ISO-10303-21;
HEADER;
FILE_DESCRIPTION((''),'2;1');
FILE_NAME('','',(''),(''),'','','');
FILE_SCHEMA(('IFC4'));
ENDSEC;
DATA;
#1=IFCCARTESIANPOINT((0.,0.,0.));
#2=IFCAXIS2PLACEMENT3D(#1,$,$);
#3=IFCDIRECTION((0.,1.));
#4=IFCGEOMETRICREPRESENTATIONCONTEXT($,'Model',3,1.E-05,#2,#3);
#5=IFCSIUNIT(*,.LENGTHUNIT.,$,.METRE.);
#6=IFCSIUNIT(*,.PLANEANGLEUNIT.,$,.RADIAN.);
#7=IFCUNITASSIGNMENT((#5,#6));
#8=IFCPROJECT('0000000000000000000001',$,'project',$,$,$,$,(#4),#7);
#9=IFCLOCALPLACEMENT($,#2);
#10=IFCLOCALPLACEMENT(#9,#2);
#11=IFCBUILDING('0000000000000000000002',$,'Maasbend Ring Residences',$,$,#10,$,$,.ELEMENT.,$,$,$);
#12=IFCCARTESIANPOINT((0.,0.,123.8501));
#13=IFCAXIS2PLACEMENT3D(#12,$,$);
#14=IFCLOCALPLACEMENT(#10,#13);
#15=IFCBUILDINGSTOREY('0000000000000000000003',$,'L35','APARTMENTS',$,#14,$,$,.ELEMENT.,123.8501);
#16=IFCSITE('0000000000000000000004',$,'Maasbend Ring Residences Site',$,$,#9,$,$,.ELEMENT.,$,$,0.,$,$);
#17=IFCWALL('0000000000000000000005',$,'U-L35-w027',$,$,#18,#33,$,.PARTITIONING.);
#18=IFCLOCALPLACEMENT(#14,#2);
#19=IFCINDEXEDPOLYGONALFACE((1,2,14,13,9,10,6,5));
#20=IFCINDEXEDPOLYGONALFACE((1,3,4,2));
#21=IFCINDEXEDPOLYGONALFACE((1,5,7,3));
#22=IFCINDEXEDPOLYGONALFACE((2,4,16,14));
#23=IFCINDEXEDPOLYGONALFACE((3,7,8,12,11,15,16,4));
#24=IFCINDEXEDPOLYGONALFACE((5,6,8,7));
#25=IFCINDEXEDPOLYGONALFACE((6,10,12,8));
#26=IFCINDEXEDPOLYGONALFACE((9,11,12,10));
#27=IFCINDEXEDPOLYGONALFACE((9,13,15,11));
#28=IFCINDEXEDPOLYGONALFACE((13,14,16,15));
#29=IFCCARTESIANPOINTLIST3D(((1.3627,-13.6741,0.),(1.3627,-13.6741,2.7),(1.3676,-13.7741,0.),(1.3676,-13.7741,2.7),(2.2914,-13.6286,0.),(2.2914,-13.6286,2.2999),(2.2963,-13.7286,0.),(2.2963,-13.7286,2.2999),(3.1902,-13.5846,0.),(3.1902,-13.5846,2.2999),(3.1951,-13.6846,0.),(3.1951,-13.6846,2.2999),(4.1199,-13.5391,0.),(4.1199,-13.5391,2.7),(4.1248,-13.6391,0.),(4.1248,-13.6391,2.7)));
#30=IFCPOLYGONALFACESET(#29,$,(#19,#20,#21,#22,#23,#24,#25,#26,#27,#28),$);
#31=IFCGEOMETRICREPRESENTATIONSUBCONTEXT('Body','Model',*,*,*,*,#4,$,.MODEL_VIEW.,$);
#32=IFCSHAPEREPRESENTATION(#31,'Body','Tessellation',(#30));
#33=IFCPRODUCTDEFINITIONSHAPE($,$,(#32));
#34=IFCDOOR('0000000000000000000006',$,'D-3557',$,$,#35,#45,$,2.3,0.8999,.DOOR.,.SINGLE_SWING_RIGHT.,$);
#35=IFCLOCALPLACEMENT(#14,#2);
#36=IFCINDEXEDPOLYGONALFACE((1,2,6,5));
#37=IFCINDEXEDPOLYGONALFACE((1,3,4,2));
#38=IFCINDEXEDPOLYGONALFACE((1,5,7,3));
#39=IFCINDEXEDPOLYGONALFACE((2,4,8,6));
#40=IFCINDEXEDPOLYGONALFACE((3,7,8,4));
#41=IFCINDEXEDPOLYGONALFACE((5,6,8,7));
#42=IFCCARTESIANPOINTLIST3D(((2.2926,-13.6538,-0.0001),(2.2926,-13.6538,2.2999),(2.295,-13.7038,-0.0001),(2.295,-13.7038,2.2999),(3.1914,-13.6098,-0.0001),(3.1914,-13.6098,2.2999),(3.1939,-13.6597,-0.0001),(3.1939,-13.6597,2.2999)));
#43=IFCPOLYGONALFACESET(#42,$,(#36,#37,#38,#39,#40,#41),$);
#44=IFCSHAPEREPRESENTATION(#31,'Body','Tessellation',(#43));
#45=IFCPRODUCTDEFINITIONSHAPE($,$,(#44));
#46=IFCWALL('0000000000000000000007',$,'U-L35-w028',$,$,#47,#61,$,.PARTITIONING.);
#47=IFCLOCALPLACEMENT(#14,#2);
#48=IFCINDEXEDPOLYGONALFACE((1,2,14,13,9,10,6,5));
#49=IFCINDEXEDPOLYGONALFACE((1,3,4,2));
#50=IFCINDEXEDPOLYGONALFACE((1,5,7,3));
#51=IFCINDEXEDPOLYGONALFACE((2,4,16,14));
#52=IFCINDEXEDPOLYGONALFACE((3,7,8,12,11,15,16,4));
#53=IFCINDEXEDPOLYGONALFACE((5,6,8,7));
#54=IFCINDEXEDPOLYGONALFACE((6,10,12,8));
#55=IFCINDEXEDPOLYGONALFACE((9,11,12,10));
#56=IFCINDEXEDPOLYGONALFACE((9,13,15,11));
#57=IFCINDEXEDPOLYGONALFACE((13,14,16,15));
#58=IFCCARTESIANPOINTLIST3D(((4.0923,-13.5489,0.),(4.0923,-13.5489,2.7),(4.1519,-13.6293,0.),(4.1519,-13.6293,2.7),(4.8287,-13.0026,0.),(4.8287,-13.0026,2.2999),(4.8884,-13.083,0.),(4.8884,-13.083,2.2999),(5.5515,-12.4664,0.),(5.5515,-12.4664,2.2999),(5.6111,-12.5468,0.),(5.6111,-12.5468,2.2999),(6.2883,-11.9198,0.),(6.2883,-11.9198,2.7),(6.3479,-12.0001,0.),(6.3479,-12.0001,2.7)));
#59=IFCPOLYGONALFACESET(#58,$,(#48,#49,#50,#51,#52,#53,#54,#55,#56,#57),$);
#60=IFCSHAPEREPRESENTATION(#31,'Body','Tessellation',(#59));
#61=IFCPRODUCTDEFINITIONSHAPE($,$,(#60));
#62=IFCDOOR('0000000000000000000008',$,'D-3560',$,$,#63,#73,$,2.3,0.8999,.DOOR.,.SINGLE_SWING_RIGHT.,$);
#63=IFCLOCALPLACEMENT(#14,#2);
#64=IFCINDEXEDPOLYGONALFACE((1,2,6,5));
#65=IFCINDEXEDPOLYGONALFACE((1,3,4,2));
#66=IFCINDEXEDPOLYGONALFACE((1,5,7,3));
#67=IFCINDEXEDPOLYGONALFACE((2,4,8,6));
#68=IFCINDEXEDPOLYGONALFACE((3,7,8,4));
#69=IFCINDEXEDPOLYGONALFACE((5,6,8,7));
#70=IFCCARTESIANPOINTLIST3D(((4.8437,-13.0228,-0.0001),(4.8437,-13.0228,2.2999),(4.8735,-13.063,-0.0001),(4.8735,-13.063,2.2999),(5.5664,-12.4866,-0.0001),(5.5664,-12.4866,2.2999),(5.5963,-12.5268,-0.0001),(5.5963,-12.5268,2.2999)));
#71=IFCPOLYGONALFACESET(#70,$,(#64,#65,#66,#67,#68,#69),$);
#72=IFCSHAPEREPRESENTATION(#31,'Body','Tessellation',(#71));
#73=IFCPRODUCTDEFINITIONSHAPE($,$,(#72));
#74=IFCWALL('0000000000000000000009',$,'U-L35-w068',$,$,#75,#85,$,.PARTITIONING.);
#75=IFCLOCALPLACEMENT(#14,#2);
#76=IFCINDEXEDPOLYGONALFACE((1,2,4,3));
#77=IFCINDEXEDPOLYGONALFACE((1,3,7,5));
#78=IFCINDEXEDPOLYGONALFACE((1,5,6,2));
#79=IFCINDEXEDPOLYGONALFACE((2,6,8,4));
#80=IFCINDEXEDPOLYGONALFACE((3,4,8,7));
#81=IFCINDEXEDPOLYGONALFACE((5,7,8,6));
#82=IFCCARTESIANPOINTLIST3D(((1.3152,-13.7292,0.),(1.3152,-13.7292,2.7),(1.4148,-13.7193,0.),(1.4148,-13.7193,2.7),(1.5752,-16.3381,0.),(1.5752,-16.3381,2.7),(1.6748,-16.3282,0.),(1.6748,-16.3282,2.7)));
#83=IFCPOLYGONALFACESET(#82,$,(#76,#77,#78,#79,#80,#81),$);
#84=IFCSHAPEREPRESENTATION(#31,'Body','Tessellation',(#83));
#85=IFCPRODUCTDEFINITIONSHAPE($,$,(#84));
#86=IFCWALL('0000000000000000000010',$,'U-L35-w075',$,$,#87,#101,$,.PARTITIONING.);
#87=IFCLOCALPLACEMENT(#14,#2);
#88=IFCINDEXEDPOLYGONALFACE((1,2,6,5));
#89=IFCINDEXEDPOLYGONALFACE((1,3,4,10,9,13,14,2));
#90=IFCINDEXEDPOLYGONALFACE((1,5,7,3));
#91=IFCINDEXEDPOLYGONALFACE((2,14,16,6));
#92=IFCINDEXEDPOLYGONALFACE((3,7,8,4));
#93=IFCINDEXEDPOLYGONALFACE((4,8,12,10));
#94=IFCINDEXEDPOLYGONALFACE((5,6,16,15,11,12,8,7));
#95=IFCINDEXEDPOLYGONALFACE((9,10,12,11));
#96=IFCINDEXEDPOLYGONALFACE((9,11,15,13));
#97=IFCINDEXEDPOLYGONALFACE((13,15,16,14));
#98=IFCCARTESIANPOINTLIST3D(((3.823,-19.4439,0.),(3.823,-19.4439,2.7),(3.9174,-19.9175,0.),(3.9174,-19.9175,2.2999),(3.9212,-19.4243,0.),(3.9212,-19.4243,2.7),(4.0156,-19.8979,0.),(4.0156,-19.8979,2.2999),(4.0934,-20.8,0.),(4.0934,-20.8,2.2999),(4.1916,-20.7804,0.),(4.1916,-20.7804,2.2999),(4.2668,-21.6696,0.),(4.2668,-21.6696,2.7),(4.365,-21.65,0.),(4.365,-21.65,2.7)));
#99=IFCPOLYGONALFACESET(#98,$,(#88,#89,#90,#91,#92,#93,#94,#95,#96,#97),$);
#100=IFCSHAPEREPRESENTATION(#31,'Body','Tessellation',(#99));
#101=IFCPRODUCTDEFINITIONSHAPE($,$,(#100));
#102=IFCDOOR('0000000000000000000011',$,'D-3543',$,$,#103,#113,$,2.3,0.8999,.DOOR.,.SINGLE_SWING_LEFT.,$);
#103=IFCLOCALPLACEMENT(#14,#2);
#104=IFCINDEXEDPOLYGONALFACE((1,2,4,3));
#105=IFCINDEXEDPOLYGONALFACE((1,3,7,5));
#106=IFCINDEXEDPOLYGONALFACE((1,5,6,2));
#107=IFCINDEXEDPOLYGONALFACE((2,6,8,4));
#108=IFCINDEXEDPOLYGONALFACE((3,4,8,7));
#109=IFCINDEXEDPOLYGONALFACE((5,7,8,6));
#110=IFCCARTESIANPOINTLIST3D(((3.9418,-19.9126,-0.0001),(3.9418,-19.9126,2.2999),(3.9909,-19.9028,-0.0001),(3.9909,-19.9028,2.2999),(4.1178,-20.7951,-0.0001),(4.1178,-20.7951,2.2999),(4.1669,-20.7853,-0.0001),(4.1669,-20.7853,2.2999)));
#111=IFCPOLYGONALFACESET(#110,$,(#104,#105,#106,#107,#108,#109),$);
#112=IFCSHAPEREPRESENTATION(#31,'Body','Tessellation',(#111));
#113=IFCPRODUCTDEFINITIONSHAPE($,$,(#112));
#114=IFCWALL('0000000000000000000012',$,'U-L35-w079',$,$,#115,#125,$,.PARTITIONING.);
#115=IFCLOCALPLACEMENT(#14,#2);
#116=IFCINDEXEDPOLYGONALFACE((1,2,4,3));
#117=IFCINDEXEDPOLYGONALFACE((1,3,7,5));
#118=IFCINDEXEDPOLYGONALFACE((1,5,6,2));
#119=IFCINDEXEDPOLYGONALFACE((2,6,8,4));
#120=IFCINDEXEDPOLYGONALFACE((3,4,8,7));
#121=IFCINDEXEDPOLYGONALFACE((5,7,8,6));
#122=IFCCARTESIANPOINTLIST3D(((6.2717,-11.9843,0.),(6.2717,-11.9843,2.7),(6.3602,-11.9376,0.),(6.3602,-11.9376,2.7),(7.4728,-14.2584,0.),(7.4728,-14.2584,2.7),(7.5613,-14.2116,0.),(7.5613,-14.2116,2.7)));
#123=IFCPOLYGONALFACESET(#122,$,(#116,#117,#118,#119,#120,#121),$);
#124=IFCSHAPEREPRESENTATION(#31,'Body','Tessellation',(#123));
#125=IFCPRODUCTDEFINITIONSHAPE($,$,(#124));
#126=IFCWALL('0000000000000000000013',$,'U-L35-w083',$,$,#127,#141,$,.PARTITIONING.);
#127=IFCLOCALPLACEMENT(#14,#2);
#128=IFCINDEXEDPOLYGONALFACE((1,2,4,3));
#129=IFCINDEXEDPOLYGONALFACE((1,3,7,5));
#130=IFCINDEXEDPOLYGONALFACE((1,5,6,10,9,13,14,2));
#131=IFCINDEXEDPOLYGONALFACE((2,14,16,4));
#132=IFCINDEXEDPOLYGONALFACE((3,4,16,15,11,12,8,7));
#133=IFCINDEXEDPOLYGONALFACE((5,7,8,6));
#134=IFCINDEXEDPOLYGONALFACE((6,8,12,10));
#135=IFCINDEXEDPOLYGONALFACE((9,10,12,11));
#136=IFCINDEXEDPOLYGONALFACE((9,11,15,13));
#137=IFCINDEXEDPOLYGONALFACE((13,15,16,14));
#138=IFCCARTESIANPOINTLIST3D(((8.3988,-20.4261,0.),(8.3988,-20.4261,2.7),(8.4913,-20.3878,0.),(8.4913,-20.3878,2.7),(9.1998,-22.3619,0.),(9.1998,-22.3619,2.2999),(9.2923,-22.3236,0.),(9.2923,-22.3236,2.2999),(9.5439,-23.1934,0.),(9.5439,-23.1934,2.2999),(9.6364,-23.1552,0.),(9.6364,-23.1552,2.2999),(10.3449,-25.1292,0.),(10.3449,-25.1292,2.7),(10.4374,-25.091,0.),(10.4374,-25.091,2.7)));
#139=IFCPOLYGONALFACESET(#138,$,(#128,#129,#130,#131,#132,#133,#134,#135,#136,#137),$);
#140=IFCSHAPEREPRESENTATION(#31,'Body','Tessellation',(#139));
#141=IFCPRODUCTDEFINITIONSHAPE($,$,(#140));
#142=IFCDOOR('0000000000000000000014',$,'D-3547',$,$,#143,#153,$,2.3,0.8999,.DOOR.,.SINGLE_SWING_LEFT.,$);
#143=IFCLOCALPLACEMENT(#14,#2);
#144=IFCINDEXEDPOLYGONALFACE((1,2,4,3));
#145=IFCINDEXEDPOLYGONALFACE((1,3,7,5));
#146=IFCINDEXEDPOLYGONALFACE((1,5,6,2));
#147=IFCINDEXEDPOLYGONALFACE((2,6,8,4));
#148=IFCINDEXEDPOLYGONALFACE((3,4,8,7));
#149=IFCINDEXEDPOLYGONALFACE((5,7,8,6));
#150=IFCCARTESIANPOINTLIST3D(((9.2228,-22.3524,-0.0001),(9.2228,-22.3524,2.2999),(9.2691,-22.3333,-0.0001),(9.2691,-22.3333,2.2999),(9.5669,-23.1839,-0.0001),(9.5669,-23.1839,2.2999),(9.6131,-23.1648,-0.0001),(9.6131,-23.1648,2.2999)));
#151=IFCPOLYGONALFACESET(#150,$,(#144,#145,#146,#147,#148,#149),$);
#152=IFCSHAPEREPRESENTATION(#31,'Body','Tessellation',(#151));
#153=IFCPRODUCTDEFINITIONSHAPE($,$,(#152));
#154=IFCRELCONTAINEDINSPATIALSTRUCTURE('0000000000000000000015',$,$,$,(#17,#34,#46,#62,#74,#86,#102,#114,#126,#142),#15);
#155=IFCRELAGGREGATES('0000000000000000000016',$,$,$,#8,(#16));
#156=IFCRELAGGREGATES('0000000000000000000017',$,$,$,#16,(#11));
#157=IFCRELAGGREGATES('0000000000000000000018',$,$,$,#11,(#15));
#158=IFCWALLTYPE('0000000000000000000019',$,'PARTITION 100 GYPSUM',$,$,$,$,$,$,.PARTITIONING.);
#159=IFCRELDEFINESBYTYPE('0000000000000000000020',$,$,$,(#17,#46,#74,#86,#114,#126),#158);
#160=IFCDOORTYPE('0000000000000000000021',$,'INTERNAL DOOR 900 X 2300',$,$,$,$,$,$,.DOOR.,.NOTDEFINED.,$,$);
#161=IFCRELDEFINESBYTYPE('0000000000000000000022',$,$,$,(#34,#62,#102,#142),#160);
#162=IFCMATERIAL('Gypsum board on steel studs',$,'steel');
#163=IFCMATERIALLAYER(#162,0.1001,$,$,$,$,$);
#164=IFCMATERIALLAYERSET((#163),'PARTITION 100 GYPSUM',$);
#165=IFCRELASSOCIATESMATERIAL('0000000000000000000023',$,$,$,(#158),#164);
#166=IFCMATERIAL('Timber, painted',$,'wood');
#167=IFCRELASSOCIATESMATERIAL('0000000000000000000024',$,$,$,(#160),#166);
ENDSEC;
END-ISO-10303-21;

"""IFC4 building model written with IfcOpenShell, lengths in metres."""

from ifc_helpers import new_model, si_unit, direction, frame, frame_2d, origin, place, context, subcontext, project, spatial, rectangle, extrude, material, layer, layer_set, type_object, element, fill, save


model = new_model("IFC4")

# Units and contexts
model_context = context("Model", 3, precision=1e-05, world=origin(), true_north=direction((0.0, 1.0)))
body_context = subcontext(model_context, "Body", "Model", "MODEL_VIEW")
ifc_project = project(units=[si_unit("LENGTHUNIT", "METRE"), si_unit("PLANEANGLEUNIT", "RADIAN")], contexts=[model_context])

# Site, building, storey
site_placement = place(None, origin())
site = spatial("IfcSite", under=ifc_project, at=site_placement, Name="Maasbend Ring Residences Site", CompositionType="ELEMENT", RefElevation=0.0)
building_placement = place(site_placement, origin())
building = spatial("IfcBuilding", under=site, at=building_placement, Name="Maasbend Ring Residences", CompositionType="ELEMENT")
storey_placement = place(building_placement, frame((0.0, 0.0, 123.8501)))
storey = spatial("IfcBuildingStorey", under=building, at=storey_placement, Name="L35", Description="APARTMENTS", CompositionType="ELEMENT", Elevation=123.8501)

# Walls, openings, doors
ifc_material_1 = material(Name="Gypsum board on steel studs", Category="steel")
ifc_layer_1 = layer(ifc_material_1, 0.1001)
ifc_layer_set_1 = layer_set([ifc_layer_1], Name="PARTITION 100 GYPSUM")
wall_type_1 = type_object("IfcWallType", Name="PARTITION 100 GYPSUM", PredefinedType="PARTITIONING", material=ifc_layer_set_1)
wall_1_placement = place(storey_placement, frame((1.365, -13.7241, 0.0), z_axis=(0.0, 0.0, 1.0), x_axis=(0.998803, 0.04891, 0.0)))
wall_1 = element("IfcWall", 1, at=wall_1_placement, inside=storey, type_object=wall_type_1, Name="U-L35-w027", PredefinedType="PARTITIONING", context=body_context, shape_type="SweptSolid", body=[
    extrude(rectangle(XDim=2.7605, YDim=0.1001, at=frame_2d((1.3804, 0.0))), origin(), (0.0, 0.0, 1.0), 2.7),
])
opening_1_placement = place(wall_1_placement, frame((0.9299, 0.0, 0.0)))
opening_1 = element("IfcOpeningElement", 2, at=opening_1_placement, cuts=wall_1, PredefinedType="OPENING", context=body_context, shape_type="SweptSolid", body=[
    extrude(rectangle(XDim=0.8999, YDim=2.3, at=frame_2d((0.45, 1.1499))), frame((0.0, 0.0601, 0.0), z_axis=(0.0, -1.0, 0.0), x_axis=(1.0, 0.0, 0.0)), (0.0, 0.0, 1.0), 0.1201),
])
ifc_material_2 = material(Name="Timber, painted", Category="wood")
door_type_1 = type_object("IfcDoorType", Name="INTERNAL DOOR 900 X 2300", OperationType="NOTDEFINED", PredefinedType="DOOR", material=ifc_material_2)
door_1_placement = place(opening_1_placement, origin())
door_1 = element("IfcDoor", 3, at=door_1_placement, inside=storey, type_object=door_type_1, Name="D-3557", OperationType="SINGLE_SWING_RIGHT", OverallHeight=2.3, OverallWidth=0.8999, PredefinedType="DOOR", context=body_context, shape_type="SweptSolid", body=[
    extrude(rectangle(XDim=0.8999, YDim=2.3, at=frame_2d((0.45, 1.1499))), frame((0.0, 0.0249, 0.0), z_axis=(0.0, -1.0, 0.0), x_axis=(1.0, 0.0, 0.0)), (0.0, 0.0, 1.0), 0.05),
])
fill(opening_1, door_1)
wall_2_placement = place(storey_placement, frame((4.1221, -13.5891, 0.0), z_axis=(0.0, 0.0, 1.0), x_axis=(0.803128, 0.595806, 0.0)))
wall_2 = element("IfcWall", 4, at=wall_2_placement, inside=storey, type_object=wall_type_1, Name="U-L35-w028", PredefinedType="PARTITIONING", context=body_context, shape_type="SweptSolid", body=[
    extrude(rectangle(XDim=2.7344, YDim=0.1001, at=frame_2d((1.3672, 0.0))), origin(), (0.0, 0.0, 1.0), 2.7),
])
opening_2_placement = place(wall_2_placement, frame((0.917, 0.0, 0.0)))
opening_2 = element("IfcOpeningElement", 5, at=opening_2_placement, cuts=wall_2, PredefinedType="OPENING", context=body_context, shape_type="SweptSolid", body=[
    extrude(rectangle(XDim=0.8999, YDim=2.3, at=frame_2d((0.45, 1.1499))), frame((0.0, 0.0601, 0.0), z_axis=(0.0, -1.0, 0.0), x_axis=(1.0, 0.0, 0.0)), (0.0, 0.0, 1.0), 0.1201),
])
door_2_placement = place(opening_2_placement, origin())
door_2 = element("IfcDoor", 6, at=door_2_placement, inside=storey, type_object=door_type_1, Name="D-3560", OperationType="SINGLE_SWING_RIGHT", OverallHeight=2.3, OverallWidth=0.8999, PredefinedType="DOOR", context=body_context, shape_type="SweptSolid", body=[
    extrude(rectangle(XDim=0.8999, YDim=2.3, at=frame_2d((0.45, 1.1499))), frame((0.0, 0.0249, 0.0), z_axis=(0.0, -1.0, 0.0), x_axis=(1.0, 0.0, 0.0)), (0.0, 0.0, 1.0), 0.05),
])
fill(opening_2, door_2)

# Wall
wall_3_placement = place(storey_placement, frame((1.365, -13.7241, 0.0), z_axis=(0.0, 0.0, 1.0), x_axis=(0.099172, -0.99507, 0.0)))
element("IfcWall", 7, at=wall_3_placement, inside=storey, type_object=wall_type_1, Name="U-L35-w068", PredefinedType="PARTITIONING", context=body_context, shape_type="SweptSolid", body=[
    extrude(rectangle(XDim=2.6218, YDim=0.1001, at=frame_2d((1.311, 0.0))), origin(), (0.0, 0.0, 1.0), 2.7),
])

# Wall, opening, door
wall_4_placement = place(storey_placement, frame((3.8721, -19.4341, 0.0), z_axis=(0.0, 0.0, 1.0), x_axis=(0.195558, -0.980692, 0.0)))
wall_4 = element("IfcWall", 8, at=wall_4_placement, inside=storey, type_object=wall_type_1, Name="U-L35-w075", PredefinedType="PARTITIONING", context=body_context, shape_type="SweptSolid", body=[
    extrude(rectangle(XDim=2.2695, YDim=0.1001, at=frame_2d((1.1348, 0.0))), origin(), (0.0, 0.0, 1.0), 2.7),
])
opening_3_placement = place(wall_4_placement, frame((0.4829, 0.0, 0.0)))
opening_3 = element("IfcOpeningElement", 9, at=opening_3_placement, cuts=wall_4, PredefinedType="OPENING", context=body_context, shape_type="SweptSolid", body=[
    extrude(rectangle(XDim=0.8999, YDim=2.3, at=frame_2d((0.45, 1.1499))), frame((0.0, 0.0601, 0.0), z_axis=(0.0, -1.0, 0.0), x_axis=(1.0, 0.0, 0.0)), (0.0, 0.0, 1.0), 0.1201),
])
door_3_placement = place(opening_3_placement, origin())
door_3 = element("IfcDoor", 10, at=door_3_placement, inside=storey, type_object=door_type_1, Name="D-3543", OperationType="SINGLE_SWING_LEFT", OverallHeight=2.3, OverallWidth=0.8999, PredefinedType="DOOR", context=body_context, shape_type="SweptSolid", body=[
    extrude(rectangle(XDim=0.8999, YDim=2.3, at=frame_2d((0.45, 1.1499))), frame((0.0, 0.0249, 0.0), z_axis=(0.0, -1.0, 0.0), x_axis=(1.0, 0.0, 0.0)), (0.0, 0.0, 1.0), 0.05),
])
fill(opening_3, door_3)

# Wall
wall_5_placement = place(storey_placement, frame((6.3159, -11.9609, 0.0), z_axis=(0.0, 0.0, 1.0), x_axis=(0.467037, -0.884238, 0.0)))
element("IfcWall", 11, at=wall_5_placement, inside=storey, type_object=wall_type_1, Name="U-L35-w079", PredefinedType="PARTITIONING", context=body_context, shape_type="SweptSolid", body=[
    extrude(rectangle(XDim=2.5718, YDim=0.1001, at=frame_2d((1.2859, 0.0))), origin(), (0.0, 0.0, 1.0), 2.7),
])

# Wall, opening, door
wall_6_placement = place(storey_placement, frame((8.4451, -20.407, 0.0), z_axis=(0.0, 0.0, 1.0), x_axis=(0.382339, -0.924022, 0.0)))
wall_6 = element("IfcWall", 12, at=wall_6_placement, inside=storey, type_object=wall_type_1, Name="U-L35-w083", PredefinedType="PARTITIONING", context=body_context, shape_type="SweptSolid", body=[
    extrude(rectangle(XDim=5.0898, YDim=0.1001, at=frame_2d((2.5449, 0.0))), origin(), (0.0, 0.0, 1.0), 2.7),
])
opening_4_placement = place(wall_6_placement, frame((2.095, 0.0, 0.0)))
opening_4 = element("IfcOpeningElement", 13, at=opening_4_placement, cuts=wall_6, PredefinedType="OPENING", context=body_context, shape_type="SweptSolid", body=[
    extrude(rectangle(XDim=0.8999, YDim=2.3, at=frame_2d((0.45, 1.1499))), frame((0.0, 0.0601, 0.0), z_axis=(0.0, -1.0, 0.0), x_axis=(1.0, 0.0, 0.0)), (0.0, 0.0, 1.0), 0.1201),
])
door_4_placement = place(opening_4_placement, origin())
door_4 = element("IfcDoor", 14, at=door_4_placement, inside=storey, type_object=door_type_1, Name="D-3547", OperationType="SINGLE_SWING_LEFT", OverallHeight=2.3, OverallWidth=0.8999, PredefinedType="DOOR", context=body_context, shape_type="SweptSolid", body=[
    extrude(rectangle(XDim=0.8999, YDim=2.3, at=frame_2d((0.45, 1.1499))), frame((0.0, 0.0249, 0.0), z_axis=(0.0, -1.0, 0.0), x_axis=(1.0, 0.0, 0.0)), (0.0, 0.0, 1.0), 0.05),
])
fill(opening_4, door_4)

save(model, "model.ifc")
